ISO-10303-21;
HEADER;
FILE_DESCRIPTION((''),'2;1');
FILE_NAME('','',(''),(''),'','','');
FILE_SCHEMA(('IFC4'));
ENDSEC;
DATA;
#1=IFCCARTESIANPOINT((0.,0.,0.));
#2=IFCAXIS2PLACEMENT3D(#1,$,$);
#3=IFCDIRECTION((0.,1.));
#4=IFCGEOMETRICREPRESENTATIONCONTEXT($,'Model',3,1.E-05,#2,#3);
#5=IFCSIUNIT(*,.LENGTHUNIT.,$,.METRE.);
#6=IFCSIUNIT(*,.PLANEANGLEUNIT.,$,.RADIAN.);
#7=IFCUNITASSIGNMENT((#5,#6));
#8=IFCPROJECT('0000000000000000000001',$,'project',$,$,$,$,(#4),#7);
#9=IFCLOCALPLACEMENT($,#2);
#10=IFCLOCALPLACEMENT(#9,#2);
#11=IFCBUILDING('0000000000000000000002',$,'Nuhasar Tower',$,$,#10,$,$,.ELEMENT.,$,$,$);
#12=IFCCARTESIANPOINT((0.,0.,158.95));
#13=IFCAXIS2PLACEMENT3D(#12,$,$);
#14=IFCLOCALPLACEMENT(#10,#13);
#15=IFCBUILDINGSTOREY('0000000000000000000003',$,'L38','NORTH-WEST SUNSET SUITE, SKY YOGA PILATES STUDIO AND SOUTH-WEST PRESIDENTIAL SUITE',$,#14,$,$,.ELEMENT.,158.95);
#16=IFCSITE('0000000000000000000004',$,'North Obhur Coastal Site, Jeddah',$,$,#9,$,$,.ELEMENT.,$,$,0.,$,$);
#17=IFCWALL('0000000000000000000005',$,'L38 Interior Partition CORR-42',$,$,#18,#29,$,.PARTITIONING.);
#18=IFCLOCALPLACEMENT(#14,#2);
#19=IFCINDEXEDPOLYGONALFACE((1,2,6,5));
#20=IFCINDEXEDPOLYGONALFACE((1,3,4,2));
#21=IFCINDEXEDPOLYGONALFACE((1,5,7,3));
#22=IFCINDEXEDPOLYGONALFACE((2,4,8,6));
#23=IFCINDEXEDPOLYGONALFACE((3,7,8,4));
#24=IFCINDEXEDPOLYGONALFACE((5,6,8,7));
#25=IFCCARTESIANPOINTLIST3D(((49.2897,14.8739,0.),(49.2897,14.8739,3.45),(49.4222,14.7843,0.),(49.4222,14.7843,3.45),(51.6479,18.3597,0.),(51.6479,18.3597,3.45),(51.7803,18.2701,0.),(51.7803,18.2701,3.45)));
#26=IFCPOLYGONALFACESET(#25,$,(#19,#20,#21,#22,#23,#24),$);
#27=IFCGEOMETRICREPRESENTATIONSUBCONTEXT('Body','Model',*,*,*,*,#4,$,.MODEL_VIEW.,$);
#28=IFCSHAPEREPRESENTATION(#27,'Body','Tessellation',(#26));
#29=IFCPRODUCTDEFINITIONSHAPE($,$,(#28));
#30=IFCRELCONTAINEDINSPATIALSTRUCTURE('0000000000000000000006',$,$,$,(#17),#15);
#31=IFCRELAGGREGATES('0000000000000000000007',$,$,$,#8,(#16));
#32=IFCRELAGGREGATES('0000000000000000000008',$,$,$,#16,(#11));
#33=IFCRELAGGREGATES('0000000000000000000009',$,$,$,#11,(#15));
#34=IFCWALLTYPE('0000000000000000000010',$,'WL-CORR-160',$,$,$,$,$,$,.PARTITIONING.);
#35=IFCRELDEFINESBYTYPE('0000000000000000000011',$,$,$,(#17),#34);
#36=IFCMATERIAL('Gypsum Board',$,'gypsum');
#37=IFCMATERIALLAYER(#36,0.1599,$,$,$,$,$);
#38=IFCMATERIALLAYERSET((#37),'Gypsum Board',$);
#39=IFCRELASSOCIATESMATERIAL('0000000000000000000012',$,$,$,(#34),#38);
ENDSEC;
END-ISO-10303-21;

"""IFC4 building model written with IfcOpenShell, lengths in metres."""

from ifc_helpers import new_model, si_unit, direction, frame, frame_2d, origin, place, context, subcontext, project, spatial, rectangle, extrude, material, layer, layer_set, type_object, element, save


model = new_model("IFC4")

# Units and contexts
model_context = context("Model", 3, precision=1e-05, world=origin(), true_north=direction((0.0, 1.0)))
body_context = subcontext(model_context, "Body", "Model", "MODEL_VIEW")
ifc_project = project(units=[si_unit("LENGTHUNIT", "METRE"), si_unit("PLANEANGLEUNIT", "RADIAN")], contexts=[model_context])

# Site, building, storey
site_placement = place(None, origin())
site = spatial("IfcSite", under=ifc_project, at=site_placement, Name="North Obhur Coastal Site, Jeddah", CompositionType="ELEMENT", RefElevation=0.0)
building_placement = place(site_placement, origin())
building = spatial("IfcBuilding", under=site, at=building_placement, Name="Nuhasar Tower", CompositionType="ELEMENT")
storey_placement = place(building_placement, frame((0.0, 0.0, 158.95)))
storey = spatial("IfcBuildingStorey", under=building, at=storey_placement, Name="L38", Description="NORTH-WEST SUNSET SUITE, SKY YOGA PILATES STUDIO AND SOUTH-WEST PRESIDENTIAL SUITE", CompositionType="ELEMENT", Elevation=158.95)

# Shared definitions
ifc_material_1 = material(Name="Gypsum Board", Category="gypsum")
ifc_layer_1 = layer(ifc_material_1, 0.1599)
ifc_layer_set_1 = layer_set([ifc_layer_1], Name="Gypsum Board")
wall_type = type_object("IfcWallType", Name="WL-CORR-160", PredefinedType="PARTITIONING", material=ifc_layer_set_1)

# Wall
wall_1_placement = place(storey_placement, frame((49.356, 14.8291, 0.0), z_axis=(0.0, 0.0, 1.0), x_axis=(0.560323, 0.828274, 0.0)))
element("IfcWall", 1, at=wall_1_placement, inside=storey, type_object=wall_type, Name="L38 Interior Partition CORR-42", PredefinedType="PARTITIONING", context=body_context, shape_type="SweptSolid", body=[
    extrude(rectangle(XDim=4.2085, YDim=0.1599, at=frame_2d((2.1042, 0.0))), origin(), (0.0, 0.0, 1.0), 3.45),
])

save(model, "model.ifc")
